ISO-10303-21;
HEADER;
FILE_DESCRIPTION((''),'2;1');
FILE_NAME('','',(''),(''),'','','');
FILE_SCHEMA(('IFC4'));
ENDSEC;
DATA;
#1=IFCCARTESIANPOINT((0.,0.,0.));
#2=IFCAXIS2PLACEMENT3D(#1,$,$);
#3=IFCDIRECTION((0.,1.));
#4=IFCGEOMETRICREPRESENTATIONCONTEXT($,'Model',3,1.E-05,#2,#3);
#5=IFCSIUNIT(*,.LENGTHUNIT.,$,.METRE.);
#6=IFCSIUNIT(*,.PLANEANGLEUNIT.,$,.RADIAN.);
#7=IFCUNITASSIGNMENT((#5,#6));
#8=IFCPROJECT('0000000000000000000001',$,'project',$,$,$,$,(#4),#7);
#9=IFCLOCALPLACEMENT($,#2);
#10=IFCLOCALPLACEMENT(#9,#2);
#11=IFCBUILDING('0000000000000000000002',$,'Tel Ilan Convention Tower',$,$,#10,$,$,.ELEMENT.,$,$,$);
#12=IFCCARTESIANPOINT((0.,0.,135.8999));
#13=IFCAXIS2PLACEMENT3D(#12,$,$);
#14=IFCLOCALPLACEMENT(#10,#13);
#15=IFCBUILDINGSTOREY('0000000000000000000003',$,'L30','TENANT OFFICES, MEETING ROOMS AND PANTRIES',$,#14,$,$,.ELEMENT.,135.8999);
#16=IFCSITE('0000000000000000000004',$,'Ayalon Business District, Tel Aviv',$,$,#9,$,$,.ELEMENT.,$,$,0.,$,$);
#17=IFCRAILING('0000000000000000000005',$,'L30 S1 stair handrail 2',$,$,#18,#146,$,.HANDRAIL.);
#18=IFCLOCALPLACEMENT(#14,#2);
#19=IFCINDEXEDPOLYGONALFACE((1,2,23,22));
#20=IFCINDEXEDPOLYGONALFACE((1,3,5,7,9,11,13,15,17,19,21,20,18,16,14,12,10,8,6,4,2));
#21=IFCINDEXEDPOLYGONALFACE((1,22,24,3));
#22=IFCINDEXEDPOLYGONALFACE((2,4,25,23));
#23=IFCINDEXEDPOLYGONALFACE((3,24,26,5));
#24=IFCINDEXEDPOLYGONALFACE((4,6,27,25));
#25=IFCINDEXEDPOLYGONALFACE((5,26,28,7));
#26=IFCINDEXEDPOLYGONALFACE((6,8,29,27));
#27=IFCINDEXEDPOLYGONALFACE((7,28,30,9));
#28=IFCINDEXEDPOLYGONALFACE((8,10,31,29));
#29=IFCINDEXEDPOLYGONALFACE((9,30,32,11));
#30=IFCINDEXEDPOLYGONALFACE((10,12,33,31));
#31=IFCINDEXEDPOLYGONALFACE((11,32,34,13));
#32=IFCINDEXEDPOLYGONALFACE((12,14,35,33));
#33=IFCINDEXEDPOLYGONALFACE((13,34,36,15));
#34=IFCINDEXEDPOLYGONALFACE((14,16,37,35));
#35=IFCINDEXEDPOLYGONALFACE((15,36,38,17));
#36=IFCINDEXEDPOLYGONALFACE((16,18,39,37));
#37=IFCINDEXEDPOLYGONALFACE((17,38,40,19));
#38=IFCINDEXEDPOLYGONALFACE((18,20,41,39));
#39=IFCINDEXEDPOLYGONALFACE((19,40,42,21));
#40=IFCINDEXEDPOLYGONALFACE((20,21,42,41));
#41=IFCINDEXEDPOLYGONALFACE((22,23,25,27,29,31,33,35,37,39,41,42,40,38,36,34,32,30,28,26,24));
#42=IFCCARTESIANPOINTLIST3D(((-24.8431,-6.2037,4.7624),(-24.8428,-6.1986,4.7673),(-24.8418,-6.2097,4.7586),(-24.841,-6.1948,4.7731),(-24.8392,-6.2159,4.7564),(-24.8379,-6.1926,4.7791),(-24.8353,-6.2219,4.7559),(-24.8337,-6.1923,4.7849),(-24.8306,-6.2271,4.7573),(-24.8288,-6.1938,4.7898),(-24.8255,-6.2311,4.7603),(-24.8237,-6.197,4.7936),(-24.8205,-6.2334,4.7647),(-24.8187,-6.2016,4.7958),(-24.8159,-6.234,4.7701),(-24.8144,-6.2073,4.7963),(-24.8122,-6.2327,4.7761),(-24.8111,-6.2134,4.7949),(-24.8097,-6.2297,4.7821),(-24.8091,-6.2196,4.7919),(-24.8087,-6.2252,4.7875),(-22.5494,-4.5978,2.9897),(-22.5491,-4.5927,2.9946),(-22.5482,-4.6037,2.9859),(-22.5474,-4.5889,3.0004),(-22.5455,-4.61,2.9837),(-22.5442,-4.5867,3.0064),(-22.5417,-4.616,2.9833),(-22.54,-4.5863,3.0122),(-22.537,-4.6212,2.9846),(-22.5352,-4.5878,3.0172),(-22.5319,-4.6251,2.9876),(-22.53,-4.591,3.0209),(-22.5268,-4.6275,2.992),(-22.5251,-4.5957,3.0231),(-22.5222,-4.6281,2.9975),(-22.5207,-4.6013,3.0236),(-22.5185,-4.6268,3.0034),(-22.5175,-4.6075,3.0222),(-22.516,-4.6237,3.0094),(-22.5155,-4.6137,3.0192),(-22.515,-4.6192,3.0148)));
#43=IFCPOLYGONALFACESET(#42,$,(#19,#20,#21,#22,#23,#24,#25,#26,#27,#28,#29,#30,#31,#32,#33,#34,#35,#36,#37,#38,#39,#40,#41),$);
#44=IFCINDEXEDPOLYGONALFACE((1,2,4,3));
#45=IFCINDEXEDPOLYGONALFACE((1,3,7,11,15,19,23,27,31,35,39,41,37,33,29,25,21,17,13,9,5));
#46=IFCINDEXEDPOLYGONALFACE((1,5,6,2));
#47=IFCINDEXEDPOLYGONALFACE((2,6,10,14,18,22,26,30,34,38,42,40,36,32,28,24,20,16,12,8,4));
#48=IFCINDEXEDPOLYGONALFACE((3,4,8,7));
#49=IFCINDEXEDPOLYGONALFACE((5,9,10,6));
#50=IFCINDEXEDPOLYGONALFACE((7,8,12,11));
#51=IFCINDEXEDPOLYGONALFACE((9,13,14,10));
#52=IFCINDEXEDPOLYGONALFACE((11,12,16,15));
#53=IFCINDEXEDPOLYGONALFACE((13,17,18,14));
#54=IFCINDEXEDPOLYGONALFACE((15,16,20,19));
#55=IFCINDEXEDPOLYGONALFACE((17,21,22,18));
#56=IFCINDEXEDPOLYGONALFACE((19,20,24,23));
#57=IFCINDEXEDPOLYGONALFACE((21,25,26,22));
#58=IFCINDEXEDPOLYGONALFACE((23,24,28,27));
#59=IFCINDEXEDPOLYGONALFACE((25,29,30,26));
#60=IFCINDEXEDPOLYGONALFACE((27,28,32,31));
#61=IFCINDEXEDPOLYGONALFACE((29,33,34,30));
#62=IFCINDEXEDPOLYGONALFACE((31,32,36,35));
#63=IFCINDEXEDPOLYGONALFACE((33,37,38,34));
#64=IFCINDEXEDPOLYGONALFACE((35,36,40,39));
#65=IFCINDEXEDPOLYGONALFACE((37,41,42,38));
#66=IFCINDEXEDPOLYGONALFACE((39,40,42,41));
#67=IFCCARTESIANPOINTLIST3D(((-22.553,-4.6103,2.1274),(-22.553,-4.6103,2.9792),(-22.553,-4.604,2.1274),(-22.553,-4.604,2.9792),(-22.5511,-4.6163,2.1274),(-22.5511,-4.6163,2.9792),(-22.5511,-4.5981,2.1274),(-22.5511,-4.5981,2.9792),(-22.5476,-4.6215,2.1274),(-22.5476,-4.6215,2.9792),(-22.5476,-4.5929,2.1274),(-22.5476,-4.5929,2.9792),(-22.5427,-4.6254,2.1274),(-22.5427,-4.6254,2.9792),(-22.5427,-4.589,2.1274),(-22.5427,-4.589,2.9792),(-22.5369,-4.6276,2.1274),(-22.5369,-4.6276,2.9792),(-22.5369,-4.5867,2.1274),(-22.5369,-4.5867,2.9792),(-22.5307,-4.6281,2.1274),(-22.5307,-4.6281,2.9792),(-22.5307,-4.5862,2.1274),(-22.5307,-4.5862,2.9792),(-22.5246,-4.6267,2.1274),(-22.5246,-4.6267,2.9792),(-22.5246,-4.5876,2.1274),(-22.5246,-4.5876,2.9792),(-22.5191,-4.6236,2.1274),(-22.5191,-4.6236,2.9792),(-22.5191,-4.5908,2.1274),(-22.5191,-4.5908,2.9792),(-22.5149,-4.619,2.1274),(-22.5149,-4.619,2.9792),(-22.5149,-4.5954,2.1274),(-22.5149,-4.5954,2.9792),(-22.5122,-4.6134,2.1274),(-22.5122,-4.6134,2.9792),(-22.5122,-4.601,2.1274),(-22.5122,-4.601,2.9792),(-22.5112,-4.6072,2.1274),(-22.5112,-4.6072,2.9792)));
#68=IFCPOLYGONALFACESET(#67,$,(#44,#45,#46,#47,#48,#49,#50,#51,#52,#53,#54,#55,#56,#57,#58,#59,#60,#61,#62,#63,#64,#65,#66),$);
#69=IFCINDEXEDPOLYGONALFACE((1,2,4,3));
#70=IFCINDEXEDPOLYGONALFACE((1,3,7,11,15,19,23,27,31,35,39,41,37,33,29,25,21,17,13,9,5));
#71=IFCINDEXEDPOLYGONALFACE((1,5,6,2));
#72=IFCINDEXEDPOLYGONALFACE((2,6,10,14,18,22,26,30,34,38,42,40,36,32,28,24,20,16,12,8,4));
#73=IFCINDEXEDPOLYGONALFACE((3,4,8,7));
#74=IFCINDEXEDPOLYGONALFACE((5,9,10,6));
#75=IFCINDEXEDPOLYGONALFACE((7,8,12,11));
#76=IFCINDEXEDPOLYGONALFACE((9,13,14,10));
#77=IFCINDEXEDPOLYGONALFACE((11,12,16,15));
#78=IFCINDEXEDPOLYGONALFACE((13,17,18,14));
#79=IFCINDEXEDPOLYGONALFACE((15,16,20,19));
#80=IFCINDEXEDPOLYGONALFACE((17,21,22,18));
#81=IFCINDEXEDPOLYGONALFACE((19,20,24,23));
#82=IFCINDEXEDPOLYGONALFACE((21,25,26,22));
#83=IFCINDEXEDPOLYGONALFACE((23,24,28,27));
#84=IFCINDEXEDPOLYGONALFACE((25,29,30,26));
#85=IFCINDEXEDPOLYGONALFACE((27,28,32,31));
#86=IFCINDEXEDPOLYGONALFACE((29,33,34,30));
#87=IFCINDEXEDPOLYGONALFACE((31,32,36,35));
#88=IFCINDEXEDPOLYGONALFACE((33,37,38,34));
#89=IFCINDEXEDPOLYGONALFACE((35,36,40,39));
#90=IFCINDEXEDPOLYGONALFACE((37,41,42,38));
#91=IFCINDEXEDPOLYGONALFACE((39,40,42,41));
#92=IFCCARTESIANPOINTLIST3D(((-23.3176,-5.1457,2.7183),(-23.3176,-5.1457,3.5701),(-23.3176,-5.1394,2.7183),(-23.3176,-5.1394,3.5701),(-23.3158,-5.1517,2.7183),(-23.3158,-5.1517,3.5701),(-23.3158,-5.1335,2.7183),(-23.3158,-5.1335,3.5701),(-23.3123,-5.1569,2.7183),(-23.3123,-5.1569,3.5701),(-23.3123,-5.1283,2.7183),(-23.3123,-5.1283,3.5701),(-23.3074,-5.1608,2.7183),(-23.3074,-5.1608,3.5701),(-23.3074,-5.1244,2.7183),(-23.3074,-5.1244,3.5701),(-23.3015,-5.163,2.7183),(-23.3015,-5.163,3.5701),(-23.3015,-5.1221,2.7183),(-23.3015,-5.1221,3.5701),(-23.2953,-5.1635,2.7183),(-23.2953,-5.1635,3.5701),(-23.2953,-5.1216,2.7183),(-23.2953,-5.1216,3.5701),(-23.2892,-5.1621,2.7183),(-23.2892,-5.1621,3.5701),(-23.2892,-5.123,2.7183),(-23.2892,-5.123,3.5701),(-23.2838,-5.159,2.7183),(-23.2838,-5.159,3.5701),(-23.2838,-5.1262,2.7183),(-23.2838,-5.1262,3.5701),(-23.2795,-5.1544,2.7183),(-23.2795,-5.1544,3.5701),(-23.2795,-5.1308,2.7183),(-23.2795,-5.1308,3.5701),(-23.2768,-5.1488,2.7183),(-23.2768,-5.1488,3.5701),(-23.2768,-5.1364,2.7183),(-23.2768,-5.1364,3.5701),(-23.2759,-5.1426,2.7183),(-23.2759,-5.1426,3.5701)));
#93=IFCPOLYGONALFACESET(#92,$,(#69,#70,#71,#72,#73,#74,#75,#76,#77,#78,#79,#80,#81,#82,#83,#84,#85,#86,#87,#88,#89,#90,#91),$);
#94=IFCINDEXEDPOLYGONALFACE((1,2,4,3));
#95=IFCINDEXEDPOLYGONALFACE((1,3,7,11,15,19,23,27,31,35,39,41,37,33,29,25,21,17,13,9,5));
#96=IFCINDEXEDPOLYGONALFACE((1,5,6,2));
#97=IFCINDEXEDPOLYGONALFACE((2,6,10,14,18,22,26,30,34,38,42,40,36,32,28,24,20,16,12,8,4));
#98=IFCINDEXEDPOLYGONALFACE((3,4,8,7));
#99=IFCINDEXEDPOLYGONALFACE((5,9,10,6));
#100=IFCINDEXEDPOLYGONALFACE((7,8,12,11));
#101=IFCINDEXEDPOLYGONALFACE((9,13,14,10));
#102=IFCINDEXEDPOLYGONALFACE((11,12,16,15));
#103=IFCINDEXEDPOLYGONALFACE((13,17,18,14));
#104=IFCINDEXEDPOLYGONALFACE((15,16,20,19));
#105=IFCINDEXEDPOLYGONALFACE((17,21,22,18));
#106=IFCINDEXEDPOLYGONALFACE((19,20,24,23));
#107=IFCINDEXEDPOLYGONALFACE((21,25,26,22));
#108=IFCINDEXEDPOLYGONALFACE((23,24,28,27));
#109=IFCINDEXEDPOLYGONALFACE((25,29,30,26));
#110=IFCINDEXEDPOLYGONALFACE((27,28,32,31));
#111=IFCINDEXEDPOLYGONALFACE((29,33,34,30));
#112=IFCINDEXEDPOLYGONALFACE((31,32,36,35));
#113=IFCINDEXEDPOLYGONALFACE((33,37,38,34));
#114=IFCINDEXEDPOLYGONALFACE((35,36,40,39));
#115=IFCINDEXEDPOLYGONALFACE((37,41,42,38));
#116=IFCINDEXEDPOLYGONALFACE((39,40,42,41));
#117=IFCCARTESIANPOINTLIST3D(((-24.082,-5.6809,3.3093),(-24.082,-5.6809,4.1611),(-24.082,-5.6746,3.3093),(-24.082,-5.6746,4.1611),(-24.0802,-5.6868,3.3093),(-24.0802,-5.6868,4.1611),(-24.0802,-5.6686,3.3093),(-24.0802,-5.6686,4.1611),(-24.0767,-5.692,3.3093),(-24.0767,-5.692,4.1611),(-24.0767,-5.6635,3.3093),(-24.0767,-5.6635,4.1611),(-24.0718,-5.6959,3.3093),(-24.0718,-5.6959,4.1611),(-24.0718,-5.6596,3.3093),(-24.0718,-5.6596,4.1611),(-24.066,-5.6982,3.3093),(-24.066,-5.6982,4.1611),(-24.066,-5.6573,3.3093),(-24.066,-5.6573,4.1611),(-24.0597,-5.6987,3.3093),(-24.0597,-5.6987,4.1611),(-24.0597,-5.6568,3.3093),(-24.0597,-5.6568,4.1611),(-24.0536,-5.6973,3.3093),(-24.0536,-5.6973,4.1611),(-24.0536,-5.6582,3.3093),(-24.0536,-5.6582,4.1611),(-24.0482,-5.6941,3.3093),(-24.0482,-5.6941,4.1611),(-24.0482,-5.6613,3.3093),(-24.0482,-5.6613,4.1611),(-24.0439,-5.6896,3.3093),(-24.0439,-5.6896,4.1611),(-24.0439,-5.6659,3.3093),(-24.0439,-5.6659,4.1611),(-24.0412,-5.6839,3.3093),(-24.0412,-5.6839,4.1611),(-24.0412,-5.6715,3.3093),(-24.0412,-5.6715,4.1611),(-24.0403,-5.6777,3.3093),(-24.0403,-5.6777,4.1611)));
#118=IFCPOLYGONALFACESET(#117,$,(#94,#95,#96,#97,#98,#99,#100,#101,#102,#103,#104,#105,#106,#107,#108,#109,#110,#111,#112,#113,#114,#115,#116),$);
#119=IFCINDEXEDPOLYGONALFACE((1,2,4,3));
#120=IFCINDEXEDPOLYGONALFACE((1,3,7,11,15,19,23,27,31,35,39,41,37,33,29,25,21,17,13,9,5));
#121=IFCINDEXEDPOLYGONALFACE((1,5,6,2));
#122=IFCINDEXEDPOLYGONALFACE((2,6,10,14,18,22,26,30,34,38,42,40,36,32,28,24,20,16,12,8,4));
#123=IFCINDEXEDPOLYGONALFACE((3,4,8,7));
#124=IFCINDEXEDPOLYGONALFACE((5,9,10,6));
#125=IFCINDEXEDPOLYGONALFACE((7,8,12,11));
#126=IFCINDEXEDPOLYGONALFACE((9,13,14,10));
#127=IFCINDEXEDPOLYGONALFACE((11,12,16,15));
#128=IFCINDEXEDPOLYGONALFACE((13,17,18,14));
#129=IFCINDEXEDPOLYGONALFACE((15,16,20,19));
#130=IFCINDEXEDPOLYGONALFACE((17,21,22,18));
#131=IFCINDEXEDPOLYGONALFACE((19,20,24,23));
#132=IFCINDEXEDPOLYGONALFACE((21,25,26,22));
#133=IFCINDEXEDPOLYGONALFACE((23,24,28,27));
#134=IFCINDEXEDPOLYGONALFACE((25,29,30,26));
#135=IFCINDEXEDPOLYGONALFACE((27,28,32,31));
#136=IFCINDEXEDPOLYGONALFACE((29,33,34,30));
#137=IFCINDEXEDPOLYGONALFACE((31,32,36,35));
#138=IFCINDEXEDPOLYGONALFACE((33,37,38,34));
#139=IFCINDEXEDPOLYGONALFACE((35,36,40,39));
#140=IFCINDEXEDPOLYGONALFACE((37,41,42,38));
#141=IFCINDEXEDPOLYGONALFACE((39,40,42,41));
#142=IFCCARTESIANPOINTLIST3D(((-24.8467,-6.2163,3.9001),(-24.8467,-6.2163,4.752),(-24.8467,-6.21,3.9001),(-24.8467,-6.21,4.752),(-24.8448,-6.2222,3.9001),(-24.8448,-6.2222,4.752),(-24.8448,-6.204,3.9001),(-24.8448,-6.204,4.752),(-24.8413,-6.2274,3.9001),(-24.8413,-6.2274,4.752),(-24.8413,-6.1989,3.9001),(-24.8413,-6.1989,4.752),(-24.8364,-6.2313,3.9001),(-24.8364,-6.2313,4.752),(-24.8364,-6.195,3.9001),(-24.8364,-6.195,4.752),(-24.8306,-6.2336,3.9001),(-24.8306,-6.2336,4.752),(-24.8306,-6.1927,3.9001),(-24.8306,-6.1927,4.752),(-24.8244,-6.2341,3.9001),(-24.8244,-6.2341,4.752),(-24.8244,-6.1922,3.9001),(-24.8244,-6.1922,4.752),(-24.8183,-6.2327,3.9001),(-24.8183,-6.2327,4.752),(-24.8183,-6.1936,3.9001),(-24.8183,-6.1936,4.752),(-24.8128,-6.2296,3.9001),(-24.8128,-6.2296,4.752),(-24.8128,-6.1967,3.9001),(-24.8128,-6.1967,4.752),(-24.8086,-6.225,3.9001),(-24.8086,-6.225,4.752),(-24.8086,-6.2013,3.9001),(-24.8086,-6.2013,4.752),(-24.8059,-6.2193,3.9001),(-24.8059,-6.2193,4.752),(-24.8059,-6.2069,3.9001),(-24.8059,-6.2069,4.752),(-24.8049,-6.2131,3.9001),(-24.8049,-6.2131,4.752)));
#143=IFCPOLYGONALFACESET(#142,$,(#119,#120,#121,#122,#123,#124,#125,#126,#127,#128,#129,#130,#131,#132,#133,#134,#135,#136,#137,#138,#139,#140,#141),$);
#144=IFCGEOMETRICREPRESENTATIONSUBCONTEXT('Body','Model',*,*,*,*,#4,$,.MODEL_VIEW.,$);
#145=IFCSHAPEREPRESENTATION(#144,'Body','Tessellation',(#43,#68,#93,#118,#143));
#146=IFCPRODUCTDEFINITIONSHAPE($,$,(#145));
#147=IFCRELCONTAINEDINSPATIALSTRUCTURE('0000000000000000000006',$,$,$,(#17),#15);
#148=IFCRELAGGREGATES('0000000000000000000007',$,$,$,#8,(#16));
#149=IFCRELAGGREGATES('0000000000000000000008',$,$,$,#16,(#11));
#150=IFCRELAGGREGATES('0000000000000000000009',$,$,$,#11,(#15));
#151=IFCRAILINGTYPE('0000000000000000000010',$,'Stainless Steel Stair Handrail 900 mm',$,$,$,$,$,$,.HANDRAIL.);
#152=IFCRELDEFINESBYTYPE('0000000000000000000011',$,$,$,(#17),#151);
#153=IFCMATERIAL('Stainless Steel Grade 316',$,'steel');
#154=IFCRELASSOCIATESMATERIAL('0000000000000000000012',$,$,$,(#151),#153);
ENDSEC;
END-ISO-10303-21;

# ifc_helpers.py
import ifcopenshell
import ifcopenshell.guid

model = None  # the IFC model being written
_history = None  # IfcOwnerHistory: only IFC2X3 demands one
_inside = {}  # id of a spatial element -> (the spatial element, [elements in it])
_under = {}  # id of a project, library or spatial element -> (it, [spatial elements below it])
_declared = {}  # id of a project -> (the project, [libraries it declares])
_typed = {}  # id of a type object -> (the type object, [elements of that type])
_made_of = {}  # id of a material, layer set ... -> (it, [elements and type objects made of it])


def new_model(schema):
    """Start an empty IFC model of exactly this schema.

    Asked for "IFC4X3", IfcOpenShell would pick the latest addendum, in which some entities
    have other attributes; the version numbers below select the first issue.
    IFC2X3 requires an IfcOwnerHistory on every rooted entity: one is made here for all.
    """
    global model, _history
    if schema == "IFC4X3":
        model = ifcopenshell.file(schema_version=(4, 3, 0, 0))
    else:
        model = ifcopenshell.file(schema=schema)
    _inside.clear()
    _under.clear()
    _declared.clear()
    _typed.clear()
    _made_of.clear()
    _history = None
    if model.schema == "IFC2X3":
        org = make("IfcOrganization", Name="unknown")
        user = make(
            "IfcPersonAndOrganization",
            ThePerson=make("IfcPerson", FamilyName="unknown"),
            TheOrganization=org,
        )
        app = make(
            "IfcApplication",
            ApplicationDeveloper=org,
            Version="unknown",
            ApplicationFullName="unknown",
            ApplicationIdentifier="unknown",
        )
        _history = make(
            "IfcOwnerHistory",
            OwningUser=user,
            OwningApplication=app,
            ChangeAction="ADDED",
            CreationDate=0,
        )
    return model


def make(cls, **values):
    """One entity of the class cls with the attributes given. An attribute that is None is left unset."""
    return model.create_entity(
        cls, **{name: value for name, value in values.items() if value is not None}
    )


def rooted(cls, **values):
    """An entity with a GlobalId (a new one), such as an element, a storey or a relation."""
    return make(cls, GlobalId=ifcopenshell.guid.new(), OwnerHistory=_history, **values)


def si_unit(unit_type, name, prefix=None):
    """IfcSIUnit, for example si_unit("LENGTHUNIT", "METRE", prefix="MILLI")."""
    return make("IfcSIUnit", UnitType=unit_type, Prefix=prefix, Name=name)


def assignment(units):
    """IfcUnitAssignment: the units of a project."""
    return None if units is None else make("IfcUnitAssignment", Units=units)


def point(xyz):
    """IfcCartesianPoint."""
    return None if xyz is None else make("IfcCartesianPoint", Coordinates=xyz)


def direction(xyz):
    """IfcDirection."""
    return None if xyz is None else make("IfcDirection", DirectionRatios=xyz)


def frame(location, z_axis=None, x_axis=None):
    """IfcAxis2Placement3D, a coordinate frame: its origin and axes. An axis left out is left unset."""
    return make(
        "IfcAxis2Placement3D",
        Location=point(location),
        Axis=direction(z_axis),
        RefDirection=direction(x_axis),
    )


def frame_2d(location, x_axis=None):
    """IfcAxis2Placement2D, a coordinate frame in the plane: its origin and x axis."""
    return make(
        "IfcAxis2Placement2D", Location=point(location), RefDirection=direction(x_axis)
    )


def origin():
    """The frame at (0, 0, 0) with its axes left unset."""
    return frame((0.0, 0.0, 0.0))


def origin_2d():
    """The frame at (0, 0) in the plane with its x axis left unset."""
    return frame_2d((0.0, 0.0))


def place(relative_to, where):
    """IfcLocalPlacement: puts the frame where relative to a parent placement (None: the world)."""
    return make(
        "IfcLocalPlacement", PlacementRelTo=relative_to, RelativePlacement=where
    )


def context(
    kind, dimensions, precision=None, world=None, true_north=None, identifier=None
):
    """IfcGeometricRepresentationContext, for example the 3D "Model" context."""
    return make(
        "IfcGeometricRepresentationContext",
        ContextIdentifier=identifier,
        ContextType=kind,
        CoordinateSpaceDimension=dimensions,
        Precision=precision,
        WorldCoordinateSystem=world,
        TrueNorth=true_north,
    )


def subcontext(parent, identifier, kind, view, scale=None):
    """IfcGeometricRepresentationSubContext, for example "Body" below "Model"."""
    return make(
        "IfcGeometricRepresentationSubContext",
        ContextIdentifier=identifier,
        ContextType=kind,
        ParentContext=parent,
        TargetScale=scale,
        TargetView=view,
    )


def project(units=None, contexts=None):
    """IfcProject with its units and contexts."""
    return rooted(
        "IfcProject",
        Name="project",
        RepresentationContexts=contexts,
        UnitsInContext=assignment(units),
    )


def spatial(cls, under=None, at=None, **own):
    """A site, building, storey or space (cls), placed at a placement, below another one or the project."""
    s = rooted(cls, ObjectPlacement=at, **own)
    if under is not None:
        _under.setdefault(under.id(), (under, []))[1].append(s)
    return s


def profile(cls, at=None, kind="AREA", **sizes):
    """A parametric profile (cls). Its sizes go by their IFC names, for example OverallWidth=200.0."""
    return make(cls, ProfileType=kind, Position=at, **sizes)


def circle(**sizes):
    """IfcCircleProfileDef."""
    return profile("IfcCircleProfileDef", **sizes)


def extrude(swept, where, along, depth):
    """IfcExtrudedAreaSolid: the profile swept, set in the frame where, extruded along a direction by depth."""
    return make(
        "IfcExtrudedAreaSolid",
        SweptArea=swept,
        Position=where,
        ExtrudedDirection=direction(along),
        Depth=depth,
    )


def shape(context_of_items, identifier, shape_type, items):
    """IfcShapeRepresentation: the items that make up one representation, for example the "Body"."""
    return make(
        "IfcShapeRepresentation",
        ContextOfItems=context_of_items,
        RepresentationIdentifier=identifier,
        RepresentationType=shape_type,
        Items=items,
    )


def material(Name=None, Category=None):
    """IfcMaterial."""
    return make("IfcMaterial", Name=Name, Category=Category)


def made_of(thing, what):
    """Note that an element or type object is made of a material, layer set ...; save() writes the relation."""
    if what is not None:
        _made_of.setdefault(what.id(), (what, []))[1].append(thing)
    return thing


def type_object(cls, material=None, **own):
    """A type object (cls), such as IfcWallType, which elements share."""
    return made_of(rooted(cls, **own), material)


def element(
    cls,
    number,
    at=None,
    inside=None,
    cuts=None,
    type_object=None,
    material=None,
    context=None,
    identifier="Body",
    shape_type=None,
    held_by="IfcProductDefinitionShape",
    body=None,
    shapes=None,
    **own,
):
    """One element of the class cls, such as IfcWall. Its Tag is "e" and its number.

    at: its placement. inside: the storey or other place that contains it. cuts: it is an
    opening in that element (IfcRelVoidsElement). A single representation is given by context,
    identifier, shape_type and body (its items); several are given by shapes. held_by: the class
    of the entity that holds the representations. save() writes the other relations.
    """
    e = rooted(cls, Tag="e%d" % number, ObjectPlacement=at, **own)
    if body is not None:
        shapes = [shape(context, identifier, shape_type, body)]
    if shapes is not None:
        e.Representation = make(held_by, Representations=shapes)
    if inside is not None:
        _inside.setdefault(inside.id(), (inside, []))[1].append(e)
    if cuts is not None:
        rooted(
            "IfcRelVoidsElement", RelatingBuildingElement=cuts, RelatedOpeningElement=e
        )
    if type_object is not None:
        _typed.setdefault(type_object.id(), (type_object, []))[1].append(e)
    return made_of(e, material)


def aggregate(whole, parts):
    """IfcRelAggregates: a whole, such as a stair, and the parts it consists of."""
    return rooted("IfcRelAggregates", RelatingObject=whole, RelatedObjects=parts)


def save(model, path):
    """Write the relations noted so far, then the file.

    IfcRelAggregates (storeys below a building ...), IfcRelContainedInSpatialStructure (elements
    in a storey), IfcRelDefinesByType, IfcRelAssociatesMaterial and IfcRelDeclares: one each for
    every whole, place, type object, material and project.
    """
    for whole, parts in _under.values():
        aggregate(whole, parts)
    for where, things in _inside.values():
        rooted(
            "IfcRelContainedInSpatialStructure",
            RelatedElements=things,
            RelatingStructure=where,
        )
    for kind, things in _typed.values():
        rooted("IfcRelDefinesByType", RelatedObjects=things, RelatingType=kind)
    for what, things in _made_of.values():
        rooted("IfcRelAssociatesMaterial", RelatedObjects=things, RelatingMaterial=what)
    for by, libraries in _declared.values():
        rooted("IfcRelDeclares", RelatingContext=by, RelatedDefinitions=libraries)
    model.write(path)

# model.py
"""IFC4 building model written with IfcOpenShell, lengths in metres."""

from ifc_helpers import new_model, si_unit, direction, frame, origin, origin_2d, place, context, subcontext, project, spatial, circle, extrude, material, type_object, element, save


model = new_model("IFC4")

# Units and contexts
model_context = context("Model", 3, precision=1e-05, world=origin(), true_north=direction((0.0, 1.0)))
body_context = subcontext(model_context, "Body", "Model", "MODEL_VIEW")
ifc_project = project(units=[si_unit("LENGTHUNIT", "METRE"), si_unit("PLANEANGLEUNIT", "RADIAN")], contexts=[model_context])

# Site, building, storey
site_placement = place(None, origin())
site = spatial("IfcSite", under=ifc_project, at=site_placement, Name="Ayalon Business District, Tel Aviv", CompositionType="ELEMENT", RefElevation=0.0)
building_placement = place(site_placement, origin())
building = spatial("IfcBuilding", under=site, at=building_placement, Name="Tel Ilan Convention Tower", CompositionType="ELEMENT")
storey_placement = place(building_placement, frame((0.0, 0.0, 135.8999)))
storey = spatial("IfcBuildingStorey", under=building, at=storey_placement, Name="L30", Description="TENANT OFFICES, MEETING ROOMS AND PANTRIES", CompositionType="ELEMENT", Elevation=135.8999)

# Railing
ifc_material_1 = material(Name="Stainless Steel Grade 316", Category="steel")
railing_type_1 = type_object("IfcRailingType", Name="Stainless Steel Stair Handrail 900 mm", PredefinedType="HANDRAIL", material=ifc_material_1)
railing_1_placement = place(storey_placement, frame((-22.5322, -4.6072, 2.1274)))
element("IfcRailing", 1, at=railing_1_placement, inside=storey, type_object=railing_type_1, Name="L30 S1 stair handrail 2", PredefinedType="HANDRAIL", context=body_context, shape_type="SweptSolid", body=[
    extrude(circle(Radius=0.0239, at=origin_2d()), frame((0.0, 0.0, 0.876), z_axis=(-0.692123, -0.484597, 0.534913), x_axis=(0.57355, -0.81917, 0.0)), (0.0, 0.0, 1.0), 3.314),
    extrude(circle(Radius=0.021, at=origin_2d()), origin(), (0.0, 0.0, 1.0), 0.8518),
    extrude(circle(Radius=0.021, at=origin_2d()), frame((-0.7646, -0.5354, 0.5908)), (0.0, 0.0, 1.0), 0.8518),
    extrude(circle(Radius=0.021, at=origin_2d()), frame((-1.5291, -1.0706, 1.1819)), (0.0, 0.0, 1.0), 0.8518),
    extrude(circle(Radius=0.021, at=origin_2d()), frame((-2.2937, -1.606, 1.7727)), (0.0, 0.0, 1.0), 0.8518),
])

save(model, "model.ifc")
